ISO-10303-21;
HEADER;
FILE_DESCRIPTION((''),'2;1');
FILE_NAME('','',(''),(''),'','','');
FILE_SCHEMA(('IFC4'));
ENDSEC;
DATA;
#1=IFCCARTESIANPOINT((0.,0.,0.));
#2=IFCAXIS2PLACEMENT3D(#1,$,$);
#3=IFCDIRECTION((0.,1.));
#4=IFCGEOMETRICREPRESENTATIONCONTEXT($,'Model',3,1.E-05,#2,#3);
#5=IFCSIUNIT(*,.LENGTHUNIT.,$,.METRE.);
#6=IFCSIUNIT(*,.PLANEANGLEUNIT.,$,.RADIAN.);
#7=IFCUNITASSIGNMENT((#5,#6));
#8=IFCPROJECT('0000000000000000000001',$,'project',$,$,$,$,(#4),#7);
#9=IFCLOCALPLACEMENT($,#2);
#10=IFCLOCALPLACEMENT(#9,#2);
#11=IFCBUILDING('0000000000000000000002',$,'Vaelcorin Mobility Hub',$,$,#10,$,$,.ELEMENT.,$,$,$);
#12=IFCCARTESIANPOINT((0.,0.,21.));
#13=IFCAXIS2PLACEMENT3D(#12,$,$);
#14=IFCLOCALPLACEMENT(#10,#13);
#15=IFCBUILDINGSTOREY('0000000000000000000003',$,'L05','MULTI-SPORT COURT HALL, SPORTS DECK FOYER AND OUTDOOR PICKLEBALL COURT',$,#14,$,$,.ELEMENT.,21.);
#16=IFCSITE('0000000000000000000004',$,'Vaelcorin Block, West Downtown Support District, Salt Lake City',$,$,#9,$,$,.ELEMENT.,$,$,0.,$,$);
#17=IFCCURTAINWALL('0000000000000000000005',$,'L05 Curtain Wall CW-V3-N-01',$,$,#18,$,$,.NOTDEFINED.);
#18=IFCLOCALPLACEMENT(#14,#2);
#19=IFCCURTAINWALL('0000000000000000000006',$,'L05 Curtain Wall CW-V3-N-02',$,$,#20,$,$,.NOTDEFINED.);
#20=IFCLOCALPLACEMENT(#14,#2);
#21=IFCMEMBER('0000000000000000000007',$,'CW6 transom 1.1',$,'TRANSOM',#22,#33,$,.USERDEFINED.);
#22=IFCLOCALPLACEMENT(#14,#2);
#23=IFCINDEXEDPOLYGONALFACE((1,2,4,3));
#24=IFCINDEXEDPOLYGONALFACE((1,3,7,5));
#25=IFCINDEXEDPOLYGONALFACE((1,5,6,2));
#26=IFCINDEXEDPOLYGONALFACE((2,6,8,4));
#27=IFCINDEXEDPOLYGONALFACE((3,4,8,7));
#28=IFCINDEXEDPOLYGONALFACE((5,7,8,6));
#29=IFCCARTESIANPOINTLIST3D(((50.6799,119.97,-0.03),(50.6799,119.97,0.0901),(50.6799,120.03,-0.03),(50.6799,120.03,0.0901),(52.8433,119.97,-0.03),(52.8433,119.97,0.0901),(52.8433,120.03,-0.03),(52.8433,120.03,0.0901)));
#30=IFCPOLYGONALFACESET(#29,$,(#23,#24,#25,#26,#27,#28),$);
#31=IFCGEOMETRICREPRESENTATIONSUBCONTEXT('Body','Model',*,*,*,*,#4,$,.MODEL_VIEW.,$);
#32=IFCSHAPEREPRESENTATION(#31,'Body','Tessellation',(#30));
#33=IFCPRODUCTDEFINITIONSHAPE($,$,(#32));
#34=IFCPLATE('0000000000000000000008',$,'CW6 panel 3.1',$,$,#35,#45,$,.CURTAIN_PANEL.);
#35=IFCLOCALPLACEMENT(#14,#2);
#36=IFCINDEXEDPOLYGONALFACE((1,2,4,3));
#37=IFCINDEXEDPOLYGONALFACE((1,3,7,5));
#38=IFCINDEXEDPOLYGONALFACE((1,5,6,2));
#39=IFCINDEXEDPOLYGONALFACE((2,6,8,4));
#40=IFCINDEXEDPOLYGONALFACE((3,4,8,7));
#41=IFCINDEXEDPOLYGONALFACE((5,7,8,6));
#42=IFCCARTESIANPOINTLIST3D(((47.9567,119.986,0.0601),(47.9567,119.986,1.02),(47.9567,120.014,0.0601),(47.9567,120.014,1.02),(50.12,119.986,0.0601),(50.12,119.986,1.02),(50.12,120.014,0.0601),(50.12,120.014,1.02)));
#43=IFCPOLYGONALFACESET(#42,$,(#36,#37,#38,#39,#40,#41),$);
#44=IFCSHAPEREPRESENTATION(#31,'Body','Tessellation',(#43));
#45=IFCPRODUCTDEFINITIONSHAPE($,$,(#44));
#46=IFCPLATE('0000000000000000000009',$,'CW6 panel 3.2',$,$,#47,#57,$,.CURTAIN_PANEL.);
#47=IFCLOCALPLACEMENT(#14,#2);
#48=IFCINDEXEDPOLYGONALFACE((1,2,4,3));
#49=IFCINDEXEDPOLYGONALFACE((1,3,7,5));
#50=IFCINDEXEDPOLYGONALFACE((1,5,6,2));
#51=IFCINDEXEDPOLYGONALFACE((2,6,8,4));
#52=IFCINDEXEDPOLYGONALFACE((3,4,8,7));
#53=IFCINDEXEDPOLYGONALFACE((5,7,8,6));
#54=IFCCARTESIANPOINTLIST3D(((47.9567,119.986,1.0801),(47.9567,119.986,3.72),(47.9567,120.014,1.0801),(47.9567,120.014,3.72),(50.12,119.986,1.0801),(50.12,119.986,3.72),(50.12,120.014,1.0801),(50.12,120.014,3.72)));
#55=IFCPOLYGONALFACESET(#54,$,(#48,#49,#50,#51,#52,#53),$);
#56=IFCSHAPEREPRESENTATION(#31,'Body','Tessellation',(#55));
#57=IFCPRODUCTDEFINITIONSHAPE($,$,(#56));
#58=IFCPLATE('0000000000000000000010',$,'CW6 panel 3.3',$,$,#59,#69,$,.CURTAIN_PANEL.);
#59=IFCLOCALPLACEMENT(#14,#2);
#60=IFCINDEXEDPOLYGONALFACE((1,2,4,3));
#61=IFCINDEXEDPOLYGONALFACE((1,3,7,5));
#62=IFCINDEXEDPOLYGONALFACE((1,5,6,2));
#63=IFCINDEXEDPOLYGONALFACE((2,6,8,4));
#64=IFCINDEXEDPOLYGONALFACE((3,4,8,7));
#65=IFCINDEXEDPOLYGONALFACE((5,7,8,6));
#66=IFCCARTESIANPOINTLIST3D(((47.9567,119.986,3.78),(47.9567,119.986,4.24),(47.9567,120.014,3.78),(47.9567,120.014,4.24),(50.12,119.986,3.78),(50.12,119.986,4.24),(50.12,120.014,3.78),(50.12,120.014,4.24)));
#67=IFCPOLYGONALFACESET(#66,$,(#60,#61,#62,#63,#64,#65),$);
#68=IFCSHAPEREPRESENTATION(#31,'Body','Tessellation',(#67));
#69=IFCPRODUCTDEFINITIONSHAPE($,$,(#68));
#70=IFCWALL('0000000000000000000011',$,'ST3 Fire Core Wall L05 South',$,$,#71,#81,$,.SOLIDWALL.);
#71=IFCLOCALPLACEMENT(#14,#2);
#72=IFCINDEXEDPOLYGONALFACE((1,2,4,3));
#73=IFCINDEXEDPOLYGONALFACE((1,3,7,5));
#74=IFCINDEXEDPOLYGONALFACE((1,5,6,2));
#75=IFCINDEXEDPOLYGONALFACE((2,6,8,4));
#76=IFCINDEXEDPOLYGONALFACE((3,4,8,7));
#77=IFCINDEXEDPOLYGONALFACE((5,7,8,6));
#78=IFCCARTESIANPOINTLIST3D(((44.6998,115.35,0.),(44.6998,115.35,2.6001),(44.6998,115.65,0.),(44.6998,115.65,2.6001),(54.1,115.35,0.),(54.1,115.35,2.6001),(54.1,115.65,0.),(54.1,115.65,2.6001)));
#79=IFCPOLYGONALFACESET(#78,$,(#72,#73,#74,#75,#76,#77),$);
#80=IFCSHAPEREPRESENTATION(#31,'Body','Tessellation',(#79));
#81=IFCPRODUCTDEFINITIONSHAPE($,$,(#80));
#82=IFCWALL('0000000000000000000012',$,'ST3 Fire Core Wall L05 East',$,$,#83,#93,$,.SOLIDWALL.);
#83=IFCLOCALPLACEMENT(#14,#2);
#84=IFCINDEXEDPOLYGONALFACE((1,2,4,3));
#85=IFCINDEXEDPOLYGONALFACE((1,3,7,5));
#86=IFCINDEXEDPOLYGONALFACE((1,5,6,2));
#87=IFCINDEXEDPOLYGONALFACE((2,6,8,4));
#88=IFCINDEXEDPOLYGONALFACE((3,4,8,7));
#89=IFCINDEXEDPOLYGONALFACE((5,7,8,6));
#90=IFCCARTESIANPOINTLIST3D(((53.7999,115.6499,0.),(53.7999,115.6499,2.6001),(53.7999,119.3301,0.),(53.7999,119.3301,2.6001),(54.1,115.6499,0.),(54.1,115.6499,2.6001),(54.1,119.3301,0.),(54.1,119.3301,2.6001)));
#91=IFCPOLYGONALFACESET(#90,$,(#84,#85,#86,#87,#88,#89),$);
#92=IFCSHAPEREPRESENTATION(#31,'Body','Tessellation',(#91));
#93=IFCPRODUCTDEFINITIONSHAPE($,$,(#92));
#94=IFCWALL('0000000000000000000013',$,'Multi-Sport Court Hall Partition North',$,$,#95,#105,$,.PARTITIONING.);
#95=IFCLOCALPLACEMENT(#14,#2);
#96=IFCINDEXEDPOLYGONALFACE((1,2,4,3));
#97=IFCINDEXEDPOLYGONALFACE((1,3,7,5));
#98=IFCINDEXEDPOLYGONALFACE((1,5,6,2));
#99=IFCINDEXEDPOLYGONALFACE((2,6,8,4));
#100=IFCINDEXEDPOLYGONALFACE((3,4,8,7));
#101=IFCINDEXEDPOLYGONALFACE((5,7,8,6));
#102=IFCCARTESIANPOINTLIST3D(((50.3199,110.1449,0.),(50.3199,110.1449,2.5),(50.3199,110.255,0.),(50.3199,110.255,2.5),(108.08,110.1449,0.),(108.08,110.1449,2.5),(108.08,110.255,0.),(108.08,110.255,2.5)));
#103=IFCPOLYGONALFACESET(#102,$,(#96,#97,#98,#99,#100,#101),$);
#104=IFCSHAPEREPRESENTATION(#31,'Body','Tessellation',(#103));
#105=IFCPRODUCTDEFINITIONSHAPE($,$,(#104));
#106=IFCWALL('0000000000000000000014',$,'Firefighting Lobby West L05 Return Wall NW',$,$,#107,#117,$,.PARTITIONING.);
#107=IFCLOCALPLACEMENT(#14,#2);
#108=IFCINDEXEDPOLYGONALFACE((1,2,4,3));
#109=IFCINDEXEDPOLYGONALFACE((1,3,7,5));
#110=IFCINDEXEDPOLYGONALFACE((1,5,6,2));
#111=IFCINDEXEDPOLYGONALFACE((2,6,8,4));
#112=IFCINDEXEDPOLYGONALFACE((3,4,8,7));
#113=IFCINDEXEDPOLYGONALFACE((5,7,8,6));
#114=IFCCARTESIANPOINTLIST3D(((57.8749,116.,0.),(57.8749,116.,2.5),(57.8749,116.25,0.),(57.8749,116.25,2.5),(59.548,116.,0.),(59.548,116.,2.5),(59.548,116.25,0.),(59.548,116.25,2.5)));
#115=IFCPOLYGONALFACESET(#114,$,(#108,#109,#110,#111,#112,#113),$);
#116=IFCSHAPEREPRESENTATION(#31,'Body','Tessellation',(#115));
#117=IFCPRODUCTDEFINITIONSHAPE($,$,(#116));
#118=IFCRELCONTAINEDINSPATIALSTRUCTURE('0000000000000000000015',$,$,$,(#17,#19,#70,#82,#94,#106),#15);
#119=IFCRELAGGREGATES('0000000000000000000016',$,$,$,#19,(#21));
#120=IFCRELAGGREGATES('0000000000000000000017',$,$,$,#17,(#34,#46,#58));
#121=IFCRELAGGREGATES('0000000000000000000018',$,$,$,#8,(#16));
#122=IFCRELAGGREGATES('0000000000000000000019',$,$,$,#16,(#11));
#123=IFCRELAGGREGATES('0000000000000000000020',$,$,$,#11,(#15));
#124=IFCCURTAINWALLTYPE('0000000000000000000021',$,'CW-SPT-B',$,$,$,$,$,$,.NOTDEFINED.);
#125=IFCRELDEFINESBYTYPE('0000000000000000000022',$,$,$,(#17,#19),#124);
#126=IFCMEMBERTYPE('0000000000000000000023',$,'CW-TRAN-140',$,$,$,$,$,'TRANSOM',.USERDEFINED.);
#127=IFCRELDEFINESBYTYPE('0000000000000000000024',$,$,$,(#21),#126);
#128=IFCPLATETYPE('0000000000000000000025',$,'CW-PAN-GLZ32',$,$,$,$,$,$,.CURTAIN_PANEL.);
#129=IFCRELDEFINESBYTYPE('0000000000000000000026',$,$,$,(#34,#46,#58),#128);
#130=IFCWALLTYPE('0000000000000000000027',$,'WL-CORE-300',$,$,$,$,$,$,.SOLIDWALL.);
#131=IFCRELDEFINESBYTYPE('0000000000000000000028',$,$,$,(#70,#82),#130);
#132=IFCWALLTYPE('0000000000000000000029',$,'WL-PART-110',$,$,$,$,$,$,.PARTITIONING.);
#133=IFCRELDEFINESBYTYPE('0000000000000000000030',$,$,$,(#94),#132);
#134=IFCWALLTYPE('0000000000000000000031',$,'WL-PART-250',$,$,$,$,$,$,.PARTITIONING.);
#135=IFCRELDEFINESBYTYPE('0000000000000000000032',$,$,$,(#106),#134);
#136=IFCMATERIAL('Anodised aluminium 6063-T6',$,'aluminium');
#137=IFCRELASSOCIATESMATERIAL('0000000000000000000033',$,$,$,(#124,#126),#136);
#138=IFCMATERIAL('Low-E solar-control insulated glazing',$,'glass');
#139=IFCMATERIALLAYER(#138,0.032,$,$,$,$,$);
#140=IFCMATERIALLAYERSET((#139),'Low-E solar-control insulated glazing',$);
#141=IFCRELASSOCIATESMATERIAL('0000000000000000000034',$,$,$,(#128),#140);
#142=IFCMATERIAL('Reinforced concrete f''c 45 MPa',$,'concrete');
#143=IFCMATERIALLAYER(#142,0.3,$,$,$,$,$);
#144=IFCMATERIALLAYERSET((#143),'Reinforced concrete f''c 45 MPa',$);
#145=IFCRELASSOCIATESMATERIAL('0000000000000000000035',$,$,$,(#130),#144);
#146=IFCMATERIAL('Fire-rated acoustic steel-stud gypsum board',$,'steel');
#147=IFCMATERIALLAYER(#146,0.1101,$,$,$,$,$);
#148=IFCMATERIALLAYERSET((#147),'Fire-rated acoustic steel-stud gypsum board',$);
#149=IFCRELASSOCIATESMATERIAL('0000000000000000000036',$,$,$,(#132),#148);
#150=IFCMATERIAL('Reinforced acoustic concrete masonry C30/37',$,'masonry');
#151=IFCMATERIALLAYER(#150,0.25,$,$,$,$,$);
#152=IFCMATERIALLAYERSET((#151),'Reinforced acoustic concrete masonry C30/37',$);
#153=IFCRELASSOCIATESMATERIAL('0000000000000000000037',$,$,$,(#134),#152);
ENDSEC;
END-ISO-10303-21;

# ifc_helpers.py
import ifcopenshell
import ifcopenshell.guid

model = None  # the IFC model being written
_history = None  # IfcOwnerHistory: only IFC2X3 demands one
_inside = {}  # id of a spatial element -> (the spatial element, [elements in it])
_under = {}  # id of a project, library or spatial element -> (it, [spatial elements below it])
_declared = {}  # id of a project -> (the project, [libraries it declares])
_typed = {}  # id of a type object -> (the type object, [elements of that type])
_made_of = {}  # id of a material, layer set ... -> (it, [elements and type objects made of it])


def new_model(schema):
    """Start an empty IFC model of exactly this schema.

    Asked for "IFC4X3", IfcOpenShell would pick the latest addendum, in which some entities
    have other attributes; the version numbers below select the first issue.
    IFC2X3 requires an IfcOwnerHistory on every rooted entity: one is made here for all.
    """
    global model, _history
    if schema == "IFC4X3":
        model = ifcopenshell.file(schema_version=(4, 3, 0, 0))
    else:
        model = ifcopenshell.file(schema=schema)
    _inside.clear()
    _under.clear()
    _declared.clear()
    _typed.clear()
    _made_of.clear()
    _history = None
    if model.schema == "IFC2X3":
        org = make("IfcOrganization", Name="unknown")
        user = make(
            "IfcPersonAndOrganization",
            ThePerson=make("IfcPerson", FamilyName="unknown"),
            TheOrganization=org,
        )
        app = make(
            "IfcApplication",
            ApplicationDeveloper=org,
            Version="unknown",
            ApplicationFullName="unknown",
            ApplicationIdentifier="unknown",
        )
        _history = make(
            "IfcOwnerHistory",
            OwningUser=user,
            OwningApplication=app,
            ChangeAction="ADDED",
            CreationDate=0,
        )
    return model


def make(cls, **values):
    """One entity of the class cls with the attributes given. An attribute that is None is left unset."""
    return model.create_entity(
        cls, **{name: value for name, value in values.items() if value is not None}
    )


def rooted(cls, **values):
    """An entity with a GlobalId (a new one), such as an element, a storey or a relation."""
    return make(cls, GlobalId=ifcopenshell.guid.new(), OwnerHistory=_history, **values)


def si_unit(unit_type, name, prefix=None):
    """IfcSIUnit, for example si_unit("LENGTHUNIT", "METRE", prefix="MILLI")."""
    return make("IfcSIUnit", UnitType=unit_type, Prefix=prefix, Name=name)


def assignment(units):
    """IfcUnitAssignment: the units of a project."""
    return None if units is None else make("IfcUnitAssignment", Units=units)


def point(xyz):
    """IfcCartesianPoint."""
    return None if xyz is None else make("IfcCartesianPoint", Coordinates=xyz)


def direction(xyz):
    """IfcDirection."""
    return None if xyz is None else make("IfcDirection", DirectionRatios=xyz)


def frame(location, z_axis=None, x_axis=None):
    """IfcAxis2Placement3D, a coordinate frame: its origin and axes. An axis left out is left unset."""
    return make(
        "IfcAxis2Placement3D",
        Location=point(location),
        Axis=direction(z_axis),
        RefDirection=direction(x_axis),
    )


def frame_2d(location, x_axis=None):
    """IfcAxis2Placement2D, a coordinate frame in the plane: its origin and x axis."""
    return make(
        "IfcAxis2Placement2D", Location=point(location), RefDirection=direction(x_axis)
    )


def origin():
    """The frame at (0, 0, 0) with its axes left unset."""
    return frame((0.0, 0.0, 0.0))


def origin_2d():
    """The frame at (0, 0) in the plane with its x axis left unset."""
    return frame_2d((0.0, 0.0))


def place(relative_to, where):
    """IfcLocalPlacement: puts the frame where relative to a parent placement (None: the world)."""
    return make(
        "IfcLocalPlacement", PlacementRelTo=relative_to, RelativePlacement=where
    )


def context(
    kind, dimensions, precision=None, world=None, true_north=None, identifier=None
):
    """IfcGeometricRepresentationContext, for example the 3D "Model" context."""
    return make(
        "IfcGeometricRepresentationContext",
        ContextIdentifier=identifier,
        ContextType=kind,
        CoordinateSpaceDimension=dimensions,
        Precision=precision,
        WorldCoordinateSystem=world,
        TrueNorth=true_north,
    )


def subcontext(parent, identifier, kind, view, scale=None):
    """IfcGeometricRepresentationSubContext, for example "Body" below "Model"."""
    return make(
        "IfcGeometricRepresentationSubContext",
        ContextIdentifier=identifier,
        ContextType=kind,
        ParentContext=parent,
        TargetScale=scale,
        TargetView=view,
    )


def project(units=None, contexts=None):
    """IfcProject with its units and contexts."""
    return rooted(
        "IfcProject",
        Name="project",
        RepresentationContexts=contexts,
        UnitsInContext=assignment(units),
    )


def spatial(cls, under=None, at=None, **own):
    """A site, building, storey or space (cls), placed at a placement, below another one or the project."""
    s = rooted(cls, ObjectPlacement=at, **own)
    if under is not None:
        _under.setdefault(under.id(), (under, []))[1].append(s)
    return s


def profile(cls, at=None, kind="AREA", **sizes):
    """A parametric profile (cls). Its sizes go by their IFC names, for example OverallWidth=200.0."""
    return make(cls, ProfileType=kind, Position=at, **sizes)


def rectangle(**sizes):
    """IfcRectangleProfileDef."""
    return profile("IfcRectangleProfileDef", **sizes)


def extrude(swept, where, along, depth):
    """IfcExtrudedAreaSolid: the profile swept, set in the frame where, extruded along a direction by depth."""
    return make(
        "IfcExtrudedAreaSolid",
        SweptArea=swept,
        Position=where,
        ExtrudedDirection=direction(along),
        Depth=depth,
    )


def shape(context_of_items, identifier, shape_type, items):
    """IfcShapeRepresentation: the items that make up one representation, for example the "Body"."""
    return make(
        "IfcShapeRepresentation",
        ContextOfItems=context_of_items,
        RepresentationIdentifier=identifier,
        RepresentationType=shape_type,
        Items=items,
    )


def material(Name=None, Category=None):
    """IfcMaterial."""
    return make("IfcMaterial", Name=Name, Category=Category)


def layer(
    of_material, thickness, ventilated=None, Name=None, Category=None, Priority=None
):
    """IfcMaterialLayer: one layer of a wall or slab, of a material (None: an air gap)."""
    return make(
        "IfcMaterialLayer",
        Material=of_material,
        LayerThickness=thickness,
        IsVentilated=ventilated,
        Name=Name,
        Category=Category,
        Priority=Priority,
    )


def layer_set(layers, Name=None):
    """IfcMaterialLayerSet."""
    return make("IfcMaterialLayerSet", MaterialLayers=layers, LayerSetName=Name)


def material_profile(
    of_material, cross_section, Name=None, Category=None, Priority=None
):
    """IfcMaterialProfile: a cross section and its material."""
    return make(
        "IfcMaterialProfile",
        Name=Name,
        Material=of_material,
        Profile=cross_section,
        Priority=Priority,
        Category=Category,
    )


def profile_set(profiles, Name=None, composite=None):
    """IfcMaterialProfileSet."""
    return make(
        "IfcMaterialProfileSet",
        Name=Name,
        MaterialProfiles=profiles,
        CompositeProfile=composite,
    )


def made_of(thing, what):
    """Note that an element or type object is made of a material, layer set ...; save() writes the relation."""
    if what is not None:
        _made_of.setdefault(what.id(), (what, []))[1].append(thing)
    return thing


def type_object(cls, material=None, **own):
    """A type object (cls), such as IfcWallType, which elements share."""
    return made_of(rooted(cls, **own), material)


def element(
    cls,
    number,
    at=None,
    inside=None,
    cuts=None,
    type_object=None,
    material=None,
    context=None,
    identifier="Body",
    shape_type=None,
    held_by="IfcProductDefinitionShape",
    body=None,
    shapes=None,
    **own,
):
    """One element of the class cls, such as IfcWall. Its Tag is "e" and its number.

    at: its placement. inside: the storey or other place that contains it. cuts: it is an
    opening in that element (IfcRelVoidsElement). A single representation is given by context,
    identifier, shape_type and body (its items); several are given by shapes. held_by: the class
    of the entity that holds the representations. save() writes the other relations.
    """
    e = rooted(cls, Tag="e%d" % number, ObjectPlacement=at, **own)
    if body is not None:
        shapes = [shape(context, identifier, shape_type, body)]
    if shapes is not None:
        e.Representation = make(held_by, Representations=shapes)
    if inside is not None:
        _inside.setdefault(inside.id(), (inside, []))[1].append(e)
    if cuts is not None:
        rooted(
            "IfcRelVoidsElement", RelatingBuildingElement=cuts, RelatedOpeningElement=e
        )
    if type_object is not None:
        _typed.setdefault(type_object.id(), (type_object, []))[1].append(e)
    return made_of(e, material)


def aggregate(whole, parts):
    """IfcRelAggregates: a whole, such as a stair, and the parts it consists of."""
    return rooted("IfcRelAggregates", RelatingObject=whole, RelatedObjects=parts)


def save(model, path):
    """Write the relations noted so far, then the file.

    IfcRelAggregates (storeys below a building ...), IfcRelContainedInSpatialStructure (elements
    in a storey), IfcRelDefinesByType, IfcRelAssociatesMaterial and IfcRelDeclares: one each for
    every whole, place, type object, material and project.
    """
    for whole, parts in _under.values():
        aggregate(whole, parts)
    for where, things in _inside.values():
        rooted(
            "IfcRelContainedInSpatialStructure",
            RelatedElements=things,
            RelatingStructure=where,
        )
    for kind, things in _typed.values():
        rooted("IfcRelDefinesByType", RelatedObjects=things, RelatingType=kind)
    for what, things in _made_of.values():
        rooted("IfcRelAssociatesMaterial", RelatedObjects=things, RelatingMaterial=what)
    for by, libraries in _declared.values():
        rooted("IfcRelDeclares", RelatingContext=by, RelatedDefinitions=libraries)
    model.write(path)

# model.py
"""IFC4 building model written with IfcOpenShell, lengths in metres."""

from ifc_helpers import new_model, si_unit, direction, frame, frame_2d, origin, origin_2d, place, context, subcontext, project, spatial, rectangle, extrude, material, layer, layer_set, material_profile, profile_set, type_object, element, aggregate, save


model = new_model("IFC4")

# Units and contexts
model_context = context("Model", 3, precision=1e-05, world=origin(), true_north=direction((0.0, 1.0)))
body_context = subcontext(model_context, "Body", "Model", "MODEL_VIEW")
ifc_project = project(units=[si_unit("LENGTHUNIT", "METRE"), si_unit("PLANEANGLEUNIT", "RADIAN")], contexts=[model_context])

# Site, building, storey
site_placement = place(None, origin())
site = spatial("IfcSite", under=ifc_project, at=site_placement, Name="Vaelcorin Block, West Downtown Support District, Salt Lake City", CompositionType="ELEMENT", RefElevation=0.0)
building_placement = place(site_placement, origin())
building = spatial("IfcBuilding", under=site, at=building_placement, Name="Vaelcorin Mobility Hub", CompositionType="ELEMENT")
storey_placement = place(building_placement, frame((0.0, 0.0, 21.0)))
storey = spatial("IfcBuildingStorey", under=building, at=storey_placement, Name="L05", Description="MULTI-SPORT COURT HALL, SPORTS DECK FOYER AND OUTDOOR PICKLEBALL COURT", CompositionType="ELEMENT", Elevation=21.0)

# Curtain walls
ifc_material_1 = material(Name="Anodised aluminium 6063-T6", Category="aluminium")
curtain_wall_type = type_object("IfcCurtainWallType", Name="CW-SPT-B", PredefinedType="NOTDEFINED", material=ifc_material_1)
curtain_wall_1_placement = place(storey_placement, origin())
curtain_wall_1 = element("IfcCurtainWall", 1, at=curtain_wall_1_placement, inside=storey, type_object=curtain_wall_type, Name="L05 Curtain Wall CW-V3-N-01", PredefinedType="NOTDEFINED")
curtain_wall_2_placement = place(storey_placement, origin())
curtain_wall_2 = element("IfcCurtainWall", 2, at=curtain_wall_2_placement, inside=storey, type_object=curtain_wall_type, Name="L05 Curtain Wall CW-V3-N-02", PredefinedType="NOTDEFINED")

# Member
ifc_material_profile_1 = material_profile(ifc_material_1, rectangle(XDim=0.0601, YDim=0.1201, at=origin_2d()), Name="ALU-T60X120")
ifc_profile_set_1 = profile_set([ifc_material_profile_1], Name="Anodised aluminium 6063-T6")
member_type_1 = type_object("IfcMemberType", Name="CW-TRAN-140", ElementType="TRANSOM", PredefinedType="USERDEFINED", material=ifc_profile_set_1)
member_1_placement = place(storey_placement, frame((50.6799, 120.0, 0.03), z_axis=(1.0, 0.0, 0.0), x_axis=(0.0, 1.0, 0.0)))
member_1 = element("IfcMember", 3, at=member_1_placement, type_object=member_type_1, Name="CW6 transom 1.1", ObjectType="TRANSOM", PredefinedType="USERDEFINED", context=body_context, shape_type="SweptSolid", body=[
    extrude(rectangle(XDim=0.0601, YDim=0.1201, at=origin_2d()), origin(), (0.0, 0.0, 1.0), 2.1633),
])
aggregate(curtain_wall_2, [member_1])

# Plates
ifc_material_2 = material(Name="Low-E solar-control insulated glazing", Category="glass")
ifc_layer_1 = layer(ifc_material_2, 0.032)
ifc_layer_set_1 = layer_set([ifc_layer_1], Name="Low-E solar-control insulated glazing")
plate_type = type_object("IfcPlateType", Name="CW-PAN-GLZ32", PredefinedType="CURTAIN_PANEL", material=ifc_layer_set_1)
plate_1_placement = place(storey_placement, frame((49.0383, 120.0, 0.0601), z_axis=(0.0, 0.0, 1.0), x_axis=(1.0, 0.0, 0.0)))
plate_1 = element("IfcPlate", 4, at=plate_1_placement, type_object=plate_type, Name="CW6 panel 3.1", PredefinedType="CURTAIN_PANEL", context=body_context, shape_type="SweptSolid", body=[
    extrude(rectangle(XDim=2.1633, YDim=0.0281, at=origin_2d()), origin(), (0.0, 0.0, 1.0), 0.96),
])
plate_2_placement = place(storey_placement, frame((49.0383, 120.0, 1.0801), z_axis=(0.0, 0.0, 1.0), x_axis=(1.0, 0.0, 0.0)))
plate_2 = element("IfcPlate", 5, at=plate_2_placement, type_object=plate_type, Name="CW6 panel 3.2", PredefinedType="CURTAIN_PANEL", context=body_context, shape_type="SweptSolid", body=[
    extrude(rectangle(XDim=2.1633, YDim=0.0281, at=origin_2d()), origin(), (0.0, 0.0, 1.0), 2.6399),
])
plate_3_placement = place(storey_placement, frame((49.0383, 120.0, 3.78), z_axis=(0.0, 0.0, 1.0), x_axis=(1.0, 0.0, 0.0)))
plate_3 = element("IfcPlate", 6, at=plate_3_placement, type_object=plate_type, Name="CW6 panel 3.3", PredefinedType="CURTAIN_PANEL", context=body_context, shape_type="SweptSolid", body=[
    extrude(rectangle(XDim=2.1633, YDim=0.0281, at=origin_2d()), origin(), (0.0, 0.0, 1.0), 0.46),
])
aggregate(curtain_wall_1, [plate_1, plate_2, plate_3])

# Walls
ifc_material_3 = material(Name="Reinforced concrete f'c 45 MPa", Category="concrete")
ifc_layer_2 = layer(ifc_material_3, 0.3)
ifc_layer_set_2 = layer_set([ifc_layer_2], Name="Reinforced concrete f'c 45 MPa")
wall_type_1 = type_object("IfcWallType", Name="WL-CORE-300", PredefinedType="SOLIDWALL", material=ifc_layer_set_2)
wall_1_placement = place(storey_placement, frame((54.1001, 115.5, 0.0), z_axis=(0.0, 0.0, 1.0), x_axis=(-1.0, 0.0, 0.0)))
element("IfcWall", 7, at=wall_1_placement, inside=storey, type_object=wall_type_1, Name="ST3 Fire Core Wall L05 South", PredefinedType="SOLIDWALL", context=body_context, shape_type="SweptSolid", body=[
    extrude(rectangle(XDim=9.4001, YDim=0.3, at=frame_2d((4.7002, 0.0))), origin(), (0.0, 0.0, 1.0), 2.6001),
])
wall_2_placement = place(storey_placement, frame((53.95, 119.3301, 0.0), z_axis=(0.0, 0.0, 1.0), x_axis=(0.0, -1.0, 0.0)))
element("IfcWall", 8, at=wall_2_placement, inside=storey, type_object=wall_type_1, Name="ST3 Fire Core Wall L05 East", PredefinedType="SOLIDWALL", context=body_context, shape_type="SweptSolid", body=[
    extrude(rectangle(XDim=3.6802, YDim=0.3, at=frame_2d((1.8401, 0.0))), origin(), (0.0, 0.0, 1.0), 2.6001),
])
ifc_material_4 = material(Name="Fire-rated acoustic steel-stud gypsum board", Category="steel")
ifc_layer_3 = layer(ifc_material_4, 0.1101)
ifc_layer_set_3 = layer_set([ifc_layer_3], Name="Fire-rated acoustic steel-stud gypsum board")
wall_type_2 = type_object("IfcWallType", Name="WL-PART-110", PredefinedType="PARTITIONING", material=ifc_layer_set_3)
wall_3_placement = place(storey_placement, frame((50.3201, 110.2, 0.0), z_axis=(0.0, 0.0, 1.0), x_axis=(1.0, 0.0, 0.0)))
element("IfcWall", 9, at=wall_3_placement, inside=storey, type_object=wall_type_2, Name="Multi-Sport Court Hall Partition North", PredefinedType="PARTITIONING", context=body_context, shape_type="SweptSolid", body=[
    extrude(rectangle(XDim=57.76, YDim=0.1101, at=frame_2d((28.8799, 0.0))), origin(), (0.0, 0.0, 1.0), 2.5),
])
ifc_material_5 = material(Name="Reinforced acoustic concrete masonry C30/37", Category="masonry")
ifc_layer_4 = layer(ifc_material_5, 0.25)
ifc_layer_set_4 = layer_set([ifc_layer_4], Name="Reinforced acoustic concrete masonry C30/37")
wall_type_3 = type_object("IfcWallType", Name="WL-PART-250", PredefinedType="PARTITIONING", material=ifc_layer_set_4)
wall_4_placement = place(storey_placement, frame((57.875, 116.125, 0.0), z_axis=(0.0, 0.0, 1.0), x_axis=(1.0, 0.0, 0.0)))
element("IfcWall", 10, at=wall_4_placement, inside=storey, type_object=wall_type_3, Name="Firefighting Lobby West L05 Return Wall NW", PredefinedType="PARTITIONING", context=body_context, shape_type="SweptSolid", body=[
    extrude(rectangle(XDim=1.6731, YDim=0.25, at=frame_2d((0.8364, 0.0))), origin(), (0.0, 0.0, 1.0), 2.5),
])

save(model, "model.ifc")
